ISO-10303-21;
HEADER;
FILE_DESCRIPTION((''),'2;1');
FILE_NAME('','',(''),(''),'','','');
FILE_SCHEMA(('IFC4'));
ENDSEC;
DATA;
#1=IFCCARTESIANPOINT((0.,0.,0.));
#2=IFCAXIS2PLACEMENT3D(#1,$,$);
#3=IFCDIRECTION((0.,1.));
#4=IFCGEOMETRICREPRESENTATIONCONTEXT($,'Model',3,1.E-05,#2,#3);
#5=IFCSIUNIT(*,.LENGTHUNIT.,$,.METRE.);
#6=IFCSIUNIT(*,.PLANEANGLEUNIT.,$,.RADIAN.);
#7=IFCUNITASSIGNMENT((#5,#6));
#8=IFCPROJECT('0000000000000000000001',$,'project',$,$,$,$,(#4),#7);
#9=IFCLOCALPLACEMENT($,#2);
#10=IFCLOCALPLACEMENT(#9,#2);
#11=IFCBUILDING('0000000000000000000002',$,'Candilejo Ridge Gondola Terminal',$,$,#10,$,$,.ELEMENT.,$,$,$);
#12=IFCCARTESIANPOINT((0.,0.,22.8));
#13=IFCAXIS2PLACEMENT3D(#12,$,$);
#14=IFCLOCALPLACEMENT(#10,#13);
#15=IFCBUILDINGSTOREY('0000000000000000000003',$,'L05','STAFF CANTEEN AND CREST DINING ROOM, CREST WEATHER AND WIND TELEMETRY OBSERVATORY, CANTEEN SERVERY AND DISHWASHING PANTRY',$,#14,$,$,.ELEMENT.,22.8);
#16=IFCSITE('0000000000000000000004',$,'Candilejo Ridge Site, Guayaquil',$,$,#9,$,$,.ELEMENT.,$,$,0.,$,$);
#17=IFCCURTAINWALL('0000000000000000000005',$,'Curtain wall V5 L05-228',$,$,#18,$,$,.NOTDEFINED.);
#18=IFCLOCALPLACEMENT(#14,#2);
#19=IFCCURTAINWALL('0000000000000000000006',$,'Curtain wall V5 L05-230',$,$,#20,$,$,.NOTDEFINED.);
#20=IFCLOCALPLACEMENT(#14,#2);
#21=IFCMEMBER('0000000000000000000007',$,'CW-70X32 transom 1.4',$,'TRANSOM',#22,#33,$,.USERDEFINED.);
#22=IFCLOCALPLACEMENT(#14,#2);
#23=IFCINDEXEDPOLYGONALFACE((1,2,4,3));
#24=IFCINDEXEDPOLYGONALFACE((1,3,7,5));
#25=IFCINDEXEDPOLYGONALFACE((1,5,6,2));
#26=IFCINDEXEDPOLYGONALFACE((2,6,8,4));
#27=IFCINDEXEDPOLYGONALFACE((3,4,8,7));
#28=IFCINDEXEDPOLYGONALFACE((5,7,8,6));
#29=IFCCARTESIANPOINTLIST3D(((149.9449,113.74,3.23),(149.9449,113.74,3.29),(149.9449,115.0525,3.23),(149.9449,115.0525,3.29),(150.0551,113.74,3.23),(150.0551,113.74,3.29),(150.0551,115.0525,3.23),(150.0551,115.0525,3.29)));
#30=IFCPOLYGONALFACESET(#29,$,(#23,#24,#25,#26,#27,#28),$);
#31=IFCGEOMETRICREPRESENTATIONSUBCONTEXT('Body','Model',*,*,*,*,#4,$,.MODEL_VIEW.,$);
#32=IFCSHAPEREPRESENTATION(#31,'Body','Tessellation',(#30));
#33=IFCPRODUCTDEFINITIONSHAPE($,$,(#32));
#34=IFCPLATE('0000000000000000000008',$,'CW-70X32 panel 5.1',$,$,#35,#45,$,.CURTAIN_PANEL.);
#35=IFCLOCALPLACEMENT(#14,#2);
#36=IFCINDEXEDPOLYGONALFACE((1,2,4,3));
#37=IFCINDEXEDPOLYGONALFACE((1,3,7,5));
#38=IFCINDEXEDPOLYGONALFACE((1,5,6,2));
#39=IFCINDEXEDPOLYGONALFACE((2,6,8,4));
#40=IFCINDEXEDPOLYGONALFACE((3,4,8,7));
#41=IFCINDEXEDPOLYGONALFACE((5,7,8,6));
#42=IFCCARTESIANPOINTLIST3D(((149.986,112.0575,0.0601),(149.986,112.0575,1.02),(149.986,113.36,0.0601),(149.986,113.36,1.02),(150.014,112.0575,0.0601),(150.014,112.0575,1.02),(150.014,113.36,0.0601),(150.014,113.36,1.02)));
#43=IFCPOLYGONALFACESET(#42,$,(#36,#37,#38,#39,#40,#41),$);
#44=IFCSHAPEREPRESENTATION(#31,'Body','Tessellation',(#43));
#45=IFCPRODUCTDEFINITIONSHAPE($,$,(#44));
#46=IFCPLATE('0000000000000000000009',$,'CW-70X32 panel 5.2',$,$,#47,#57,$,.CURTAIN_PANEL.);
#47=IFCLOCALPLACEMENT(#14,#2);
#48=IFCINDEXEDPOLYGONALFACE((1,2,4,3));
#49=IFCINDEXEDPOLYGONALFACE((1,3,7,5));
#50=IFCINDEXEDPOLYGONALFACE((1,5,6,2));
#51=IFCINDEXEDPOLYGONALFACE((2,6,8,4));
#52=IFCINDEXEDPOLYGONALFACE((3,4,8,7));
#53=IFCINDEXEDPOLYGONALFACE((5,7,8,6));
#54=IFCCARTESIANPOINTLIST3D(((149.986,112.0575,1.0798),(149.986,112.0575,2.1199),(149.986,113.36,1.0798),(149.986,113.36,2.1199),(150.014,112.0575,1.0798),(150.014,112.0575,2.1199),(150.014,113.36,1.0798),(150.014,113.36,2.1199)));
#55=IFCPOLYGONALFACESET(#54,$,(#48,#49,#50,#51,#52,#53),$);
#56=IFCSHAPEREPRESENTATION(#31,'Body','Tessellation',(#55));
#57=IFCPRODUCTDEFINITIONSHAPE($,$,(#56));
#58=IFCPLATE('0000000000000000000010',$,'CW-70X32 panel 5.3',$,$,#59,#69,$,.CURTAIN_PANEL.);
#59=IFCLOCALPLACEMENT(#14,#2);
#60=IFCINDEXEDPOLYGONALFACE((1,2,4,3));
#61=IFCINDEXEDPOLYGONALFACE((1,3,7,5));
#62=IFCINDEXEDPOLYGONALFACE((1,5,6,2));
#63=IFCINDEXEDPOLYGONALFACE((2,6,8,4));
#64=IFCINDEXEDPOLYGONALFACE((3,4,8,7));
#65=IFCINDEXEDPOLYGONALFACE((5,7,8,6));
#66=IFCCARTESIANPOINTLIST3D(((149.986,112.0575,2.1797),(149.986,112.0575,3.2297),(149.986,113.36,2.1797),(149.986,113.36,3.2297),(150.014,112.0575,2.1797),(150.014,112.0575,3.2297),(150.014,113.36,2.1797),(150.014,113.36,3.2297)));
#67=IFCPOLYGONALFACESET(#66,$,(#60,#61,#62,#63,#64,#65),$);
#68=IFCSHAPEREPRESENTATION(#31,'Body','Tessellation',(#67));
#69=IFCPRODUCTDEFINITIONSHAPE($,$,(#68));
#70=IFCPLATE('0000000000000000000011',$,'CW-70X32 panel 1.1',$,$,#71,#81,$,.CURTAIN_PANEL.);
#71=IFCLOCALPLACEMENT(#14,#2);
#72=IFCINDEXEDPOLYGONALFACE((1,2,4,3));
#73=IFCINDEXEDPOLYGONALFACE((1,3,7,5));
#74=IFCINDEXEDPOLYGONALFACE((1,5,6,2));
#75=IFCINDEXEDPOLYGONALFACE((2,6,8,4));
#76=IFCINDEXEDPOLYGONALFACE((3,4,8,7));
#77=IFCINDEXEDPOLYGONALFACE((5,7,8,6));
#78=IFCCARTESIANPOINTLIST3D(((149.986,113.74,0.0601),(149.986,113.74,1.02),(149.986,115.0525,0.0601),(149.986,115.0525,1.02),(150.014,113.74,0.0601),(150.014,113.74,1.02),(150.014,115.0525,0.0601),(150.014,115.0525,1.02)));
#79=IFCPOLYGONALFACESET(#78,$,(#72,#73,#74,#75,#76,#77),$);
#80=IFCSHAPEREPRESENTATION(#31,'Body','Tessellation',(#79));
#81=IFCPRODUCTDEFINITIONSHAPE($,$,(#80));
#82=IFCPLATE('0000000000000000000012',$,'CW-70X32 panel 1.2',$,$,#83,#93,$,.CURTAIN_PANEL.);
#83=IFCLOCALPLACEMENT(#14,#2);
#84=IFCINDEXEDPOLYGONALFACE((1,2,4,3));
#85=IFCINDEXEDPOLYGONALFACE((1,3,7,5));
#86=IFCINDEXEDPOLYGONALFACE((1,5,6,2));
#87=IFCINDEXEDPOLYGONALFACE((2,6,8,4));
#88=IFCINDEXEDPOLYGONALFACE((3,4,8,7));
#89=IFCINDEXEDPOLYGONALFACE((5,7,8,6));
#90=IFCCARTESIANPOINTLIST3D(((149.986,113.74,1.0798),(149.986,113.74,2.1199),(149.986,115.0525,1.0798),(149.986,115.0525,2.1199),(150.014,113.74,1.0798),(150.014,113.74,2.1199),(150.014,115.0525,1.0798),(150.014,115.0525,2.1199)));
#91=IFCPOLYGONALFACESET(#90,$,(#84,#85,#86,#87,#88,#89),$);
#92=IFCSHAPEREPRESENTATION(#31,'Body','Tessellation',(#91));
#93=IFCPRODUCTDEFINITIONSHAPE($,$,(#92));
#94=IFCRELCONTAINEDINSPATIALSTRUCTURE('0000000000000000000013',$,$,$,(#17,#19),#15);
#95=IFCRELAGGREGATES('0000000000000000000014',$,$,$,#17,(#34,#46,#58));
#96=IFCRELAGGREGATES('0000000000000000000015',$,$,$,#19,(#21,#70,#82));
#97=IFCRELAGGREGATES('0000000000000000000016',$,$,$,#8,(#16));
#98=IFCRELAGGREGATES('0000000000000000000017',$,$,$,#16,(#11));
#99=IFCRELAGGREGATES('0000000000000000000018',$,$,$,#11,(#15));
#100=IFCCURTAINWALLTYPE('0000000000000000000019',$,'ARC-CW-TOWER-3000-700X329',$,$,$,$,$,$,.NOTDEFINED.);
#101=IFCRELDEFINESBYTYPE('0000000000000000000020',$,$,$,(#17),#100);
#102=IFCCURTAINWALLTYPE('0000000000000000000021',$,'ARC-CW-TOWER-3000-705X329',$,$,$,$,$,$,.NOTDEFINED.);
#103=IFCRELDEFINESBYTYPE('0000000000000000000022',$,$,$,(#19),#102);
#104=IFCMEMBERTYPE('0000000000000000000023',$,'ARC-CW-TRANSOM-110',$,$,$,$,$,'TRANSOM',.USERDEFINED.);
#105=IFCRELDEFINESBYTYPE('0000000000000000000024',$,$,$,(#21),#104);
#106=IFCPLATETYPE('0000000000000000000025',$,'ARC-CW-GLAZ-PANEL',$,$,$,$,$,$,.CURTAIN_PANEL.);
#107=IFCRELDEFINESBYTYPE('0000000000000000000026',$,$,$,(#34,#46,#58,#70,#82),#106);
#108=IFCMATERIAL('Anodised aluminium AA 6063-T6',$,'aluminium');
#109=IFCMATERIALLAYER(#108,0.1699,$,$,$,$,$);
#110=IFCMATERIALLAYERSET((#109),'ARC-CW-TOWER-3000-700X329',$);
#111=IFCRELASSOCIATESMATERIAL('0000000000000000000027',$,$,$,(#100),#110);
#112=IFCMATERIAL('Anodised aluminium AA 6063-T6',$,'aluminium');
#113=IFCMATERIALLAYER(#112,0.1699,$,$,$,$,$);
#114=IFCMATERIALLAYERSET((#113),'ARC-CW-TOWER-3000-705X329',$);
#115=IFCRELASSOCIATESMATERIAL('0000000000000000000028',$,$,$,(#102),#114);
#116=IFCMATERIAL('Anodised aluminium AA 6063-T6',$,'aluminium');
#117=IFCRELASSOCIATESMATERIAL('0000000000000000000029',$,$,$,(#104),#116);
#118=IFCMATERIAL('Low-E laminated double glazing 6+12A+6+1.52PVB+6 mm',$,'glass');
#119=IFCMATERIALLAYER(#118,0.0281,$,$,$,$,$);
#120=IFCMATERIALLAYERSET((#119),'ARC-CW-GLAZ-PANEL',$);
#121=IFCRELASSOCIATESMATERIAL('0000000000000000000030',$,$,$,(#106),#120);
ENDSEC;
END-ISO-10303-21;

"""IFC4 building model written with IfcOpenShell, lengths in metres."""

from ifc_helpers import new_model, si_unit, direction, frame, origin, origin_2d, place, context, subcontext, project, spatial, rectangle, extrude, material, layer, layer_set, material_profile, profile_set, type_object, element, aggregate, save


model = new_model("IFC4")

# Units and contexts
model_context = context("Model", 3, precision=1e-05, world=origin(), true_north=direction((0.0, 1.0)))
body_context = subcontext(model_context, "Body", "Model", "MODEL_VIEW")
ifc_project = project(units=[si_unit("LENGTHUNIT", "METRE"), si_unit("PLANEANGLEUNIT", "RADIAN")], contexts=[model_context])

# Site, building, storey
site_placement = place(None, origin())
site = spatial("IfcSite", under=ifc_project, at=site_placement, Name="Candilejo Ridge Site, Guayaquil", CompositionType="ELEMENT", RefElevation=0.0)
building_placement = place(site_placement, origin())
building = spatial("IfcBuilding", under=site, at=building_placement, Name="Candilejo Ridge Gondola Terminal", CompositionType="ELEMENT")
storey_placement = place(building_placement, frame((0.0, 0.0, 22.8)))
storey = spatial("IfcBuildingStorey", under=building, at=storey_placement, Name="L05", Description="STAFF CANTEEN AND CREST DINING ROOM, CREST WEATHER AND WIND TELEMETRY OBSERVATORY, CANTEEN SERVERY AND DISHWASHING PANTRY", CompositionType="ELEMENT", Elevation=22.8)

# Curtain walls
ifc_material_1 = material(Name="Anodised aluminium AA 6063-T6", Category="aluminium")
ifc_layer_1 = layer(ifc_material_1, 0.1699)
ifc_layer_set_1 = layer_set([ifc_layer_1], Name="ARC-CW-TOWER-3000-700X329")
curtain_wall_type_1 = type_object("IfcCurtainWallType", Name="ARC-CW-TOWER-3000-700X329", PredefinedType="NOTDEFINED", material=ifc_layer_set_1)
curtain_wall_1_placement = place(storey_placement, origin())
curtain_wall_1 = element("IfcCurtainWall", 1, at=curtain_wall_1_placement, inside=storey, type_object=curtain_wall_type_1, Name="Curtain wall V5 L05-228", PredefinedType="NOTDEFINED")
ifc_material_2 = material(Name="Anodised aluminium AA 6063-T6", Category="aluminium")
ifc_layer_2 = layer(ifc_material_2, 0.1699)
ifc_layer_set_2 = layer_set([ifc_layer_2], Name="ARC-CW-TOWER-3000-705X329")
curtain_wall_type_2 = type_object("IfcCurtainWallType", Name="ARC-CW-TOWER-3000-705X329", PredefinedType="NOTDEFINED", material=ifc_layer_set_2)
curtain_wall_2_placement = place(storey_placement, origin())
curtain_wall_2 = element("IfcCurtainWall", 2, at=curtain_wall_2_placement, inside=storey, type_object=curtain_wall_type_2, Name="Curtain wall V5 L05-230", PredefinedType="NOTDEFINED")

# Member
ifc_material_3 = material(Name="Anodised aluminium AA 6063-T6", Category="aluminium")
ifc_material_profile_1 = material_profile(ifc_material_3, rectangle(XDim=0.1101, YDim=0.0601, at=origin_2d()))
ifc_profile_set_1 = profile_set([ifc_material_profile_1], Name="Anodised aluminium AA 6063-T6")
member_type_1 = type_object("IfcMemberType", Name="ARC-CW-TRANSOM-110", ElementType="TRANSOM", PredefinedType="USERDEFINED", material=ifc_profile_set_1)
member_1_placement = place(storey_placement, frame((150.0, 113.74, 3.26), z_axis=(0.0, 1.0, 0.0), x_axis=(-1.0, 0.0, 0.0)))
member_1 = element("IfcMember", 3, at=member_1_placement, type_object=member_type_1, Name="CW-70X32 transom 1.4", ObjectType="TRANSOM", PredefinedType="USERDEFINED", context=body_context, shape_type="SweptSolid", body=[
    extrude(rectangle(XDim=0.1101, YDim=0.0601, at=origin_2d()), origin(), (0.0, 0.0, 1.0), 1.3125),
])

# Plates
ifc_material_4 = material(Name="Low-E laminated double glazing 6+12A+6+1.52PVB+6 mm", Category="glass")
ifc_layer_3 = layer(ifc_material_4, 0.0281)
ifc_layer_set_3 = layer_set([ifc_layer_3], Name="ARC-CW-GLAZ-PANEL")
plate_type = type_object("IfcPlateType", Name="ARC-CW-GLAZ-PANEL", PredefinedType="CURTAIN_PANEL", material=ifc_layer_set_3)
plate_1_placement = place(storey_placement, frame((150.0, 112.7087, 0.0601), z_axis=(0.0, 0.0, 1.0), x_axis=(0.0, 1.0, 0.0)))
plate_1 = element("IfcPlate", 4, at=plate_1_placement, type_object=plate_type, Name="CW-70X32 panel 5.1", PredefinedType="CURTAIN_PANEL", context=body_context, shape_type="SweptSolid", body=[
    extrude(rectangle(XDim=1.3025, YDim=0.0281, at=origin_2d()), origin(), (0.0, 0.0, 1.0), 0.96),
])
plate_2_placement = place(storey_placement, frame((150.0, 112.7087, 1.0798), z_axis=(0.0, 0.0, 1.0), x_axis=(0.0, 1.0, 0.0)))
plate_2 = element("IfcPlate", 5, at=plate_2_placement, type_object=plate_type, Name="CW-70X32 panel 5.2", PredefinedType="CURTAIN_PANEL", context=body_context, shape_type="SweptSolid", body=[
    extrude(rectangle(XDim=1.3025, YDim=0.0281, at=origin_2d()), origin(), (0.0, 0.0, 1.0), 1.04),
])
plate_3_placement = place(storey_placement, frame((150.0, 112.7087, 2.1797), z_axis=(0.0, 0.0, 1.0), x_axis=(0.0, 1.0, 0.0)))
plate_3 = element("IfcPlate", 6, at=plate_3_placement, type_object=plate_type, Name="CW-70X32 panel 5.3", PredefinedType="CURTAIN_PANEL", context=body_context, shape_type="SweptSolid", body=[
    extrude(rectangle(XDim=1.3025, YDim=0.0281, at=origin_2d()), origin(), (0.0, 0.0, 1.0), 1.05),
])
aggregate(curtain_wall_1, [plate_1, plate_2, plate_3])
plate_4_placement = place(storey_placement, frame((150.0, 114.3962, 0.0601), z_axis=(0.0, 0.0, 1.0), x_axis=(0.0, 1.0, 0.0)))
plate_4 = element("IfcPlate", 7, at=plate_4_placement, type_object=plate_type, Name="CW-70X32 panel 1.1", PredefinedType="CURTAIN_PANEL", context=body_context, shape_type="SweptSolid", body=[
    extrude(rectangle(XDim=1.3125, YDim=0.0281, at=origin_2d()), origin(), (0.0, 0.0, 1.0), 0.96),
])
plate_5_placement = place(storey_placement, frame((150.0, 114.3962, 1.0798), z_axis=(0.0, 0.0, 1.0), x_axis=(0.0, 1.0, 0.0)))
plate_5 = element("IfcPlate", 8, at=plate_5_placement, type_object=plate_type, Name="CW-70X32 panel 1.2", PredefinedType="CURTAIN_PANEL", context=body_context, shape_type="SweptSolid", body=[
    extrude(rectangle(XDim=1.3125, YDim=0.0281, at=origin_2d()), origin(), (0.0, 0.0, 1.0), 1.04),
])
aggregate(curtain_wall_2, [member_1, plate_4, plate_5])

save(model, "model.ifc")
